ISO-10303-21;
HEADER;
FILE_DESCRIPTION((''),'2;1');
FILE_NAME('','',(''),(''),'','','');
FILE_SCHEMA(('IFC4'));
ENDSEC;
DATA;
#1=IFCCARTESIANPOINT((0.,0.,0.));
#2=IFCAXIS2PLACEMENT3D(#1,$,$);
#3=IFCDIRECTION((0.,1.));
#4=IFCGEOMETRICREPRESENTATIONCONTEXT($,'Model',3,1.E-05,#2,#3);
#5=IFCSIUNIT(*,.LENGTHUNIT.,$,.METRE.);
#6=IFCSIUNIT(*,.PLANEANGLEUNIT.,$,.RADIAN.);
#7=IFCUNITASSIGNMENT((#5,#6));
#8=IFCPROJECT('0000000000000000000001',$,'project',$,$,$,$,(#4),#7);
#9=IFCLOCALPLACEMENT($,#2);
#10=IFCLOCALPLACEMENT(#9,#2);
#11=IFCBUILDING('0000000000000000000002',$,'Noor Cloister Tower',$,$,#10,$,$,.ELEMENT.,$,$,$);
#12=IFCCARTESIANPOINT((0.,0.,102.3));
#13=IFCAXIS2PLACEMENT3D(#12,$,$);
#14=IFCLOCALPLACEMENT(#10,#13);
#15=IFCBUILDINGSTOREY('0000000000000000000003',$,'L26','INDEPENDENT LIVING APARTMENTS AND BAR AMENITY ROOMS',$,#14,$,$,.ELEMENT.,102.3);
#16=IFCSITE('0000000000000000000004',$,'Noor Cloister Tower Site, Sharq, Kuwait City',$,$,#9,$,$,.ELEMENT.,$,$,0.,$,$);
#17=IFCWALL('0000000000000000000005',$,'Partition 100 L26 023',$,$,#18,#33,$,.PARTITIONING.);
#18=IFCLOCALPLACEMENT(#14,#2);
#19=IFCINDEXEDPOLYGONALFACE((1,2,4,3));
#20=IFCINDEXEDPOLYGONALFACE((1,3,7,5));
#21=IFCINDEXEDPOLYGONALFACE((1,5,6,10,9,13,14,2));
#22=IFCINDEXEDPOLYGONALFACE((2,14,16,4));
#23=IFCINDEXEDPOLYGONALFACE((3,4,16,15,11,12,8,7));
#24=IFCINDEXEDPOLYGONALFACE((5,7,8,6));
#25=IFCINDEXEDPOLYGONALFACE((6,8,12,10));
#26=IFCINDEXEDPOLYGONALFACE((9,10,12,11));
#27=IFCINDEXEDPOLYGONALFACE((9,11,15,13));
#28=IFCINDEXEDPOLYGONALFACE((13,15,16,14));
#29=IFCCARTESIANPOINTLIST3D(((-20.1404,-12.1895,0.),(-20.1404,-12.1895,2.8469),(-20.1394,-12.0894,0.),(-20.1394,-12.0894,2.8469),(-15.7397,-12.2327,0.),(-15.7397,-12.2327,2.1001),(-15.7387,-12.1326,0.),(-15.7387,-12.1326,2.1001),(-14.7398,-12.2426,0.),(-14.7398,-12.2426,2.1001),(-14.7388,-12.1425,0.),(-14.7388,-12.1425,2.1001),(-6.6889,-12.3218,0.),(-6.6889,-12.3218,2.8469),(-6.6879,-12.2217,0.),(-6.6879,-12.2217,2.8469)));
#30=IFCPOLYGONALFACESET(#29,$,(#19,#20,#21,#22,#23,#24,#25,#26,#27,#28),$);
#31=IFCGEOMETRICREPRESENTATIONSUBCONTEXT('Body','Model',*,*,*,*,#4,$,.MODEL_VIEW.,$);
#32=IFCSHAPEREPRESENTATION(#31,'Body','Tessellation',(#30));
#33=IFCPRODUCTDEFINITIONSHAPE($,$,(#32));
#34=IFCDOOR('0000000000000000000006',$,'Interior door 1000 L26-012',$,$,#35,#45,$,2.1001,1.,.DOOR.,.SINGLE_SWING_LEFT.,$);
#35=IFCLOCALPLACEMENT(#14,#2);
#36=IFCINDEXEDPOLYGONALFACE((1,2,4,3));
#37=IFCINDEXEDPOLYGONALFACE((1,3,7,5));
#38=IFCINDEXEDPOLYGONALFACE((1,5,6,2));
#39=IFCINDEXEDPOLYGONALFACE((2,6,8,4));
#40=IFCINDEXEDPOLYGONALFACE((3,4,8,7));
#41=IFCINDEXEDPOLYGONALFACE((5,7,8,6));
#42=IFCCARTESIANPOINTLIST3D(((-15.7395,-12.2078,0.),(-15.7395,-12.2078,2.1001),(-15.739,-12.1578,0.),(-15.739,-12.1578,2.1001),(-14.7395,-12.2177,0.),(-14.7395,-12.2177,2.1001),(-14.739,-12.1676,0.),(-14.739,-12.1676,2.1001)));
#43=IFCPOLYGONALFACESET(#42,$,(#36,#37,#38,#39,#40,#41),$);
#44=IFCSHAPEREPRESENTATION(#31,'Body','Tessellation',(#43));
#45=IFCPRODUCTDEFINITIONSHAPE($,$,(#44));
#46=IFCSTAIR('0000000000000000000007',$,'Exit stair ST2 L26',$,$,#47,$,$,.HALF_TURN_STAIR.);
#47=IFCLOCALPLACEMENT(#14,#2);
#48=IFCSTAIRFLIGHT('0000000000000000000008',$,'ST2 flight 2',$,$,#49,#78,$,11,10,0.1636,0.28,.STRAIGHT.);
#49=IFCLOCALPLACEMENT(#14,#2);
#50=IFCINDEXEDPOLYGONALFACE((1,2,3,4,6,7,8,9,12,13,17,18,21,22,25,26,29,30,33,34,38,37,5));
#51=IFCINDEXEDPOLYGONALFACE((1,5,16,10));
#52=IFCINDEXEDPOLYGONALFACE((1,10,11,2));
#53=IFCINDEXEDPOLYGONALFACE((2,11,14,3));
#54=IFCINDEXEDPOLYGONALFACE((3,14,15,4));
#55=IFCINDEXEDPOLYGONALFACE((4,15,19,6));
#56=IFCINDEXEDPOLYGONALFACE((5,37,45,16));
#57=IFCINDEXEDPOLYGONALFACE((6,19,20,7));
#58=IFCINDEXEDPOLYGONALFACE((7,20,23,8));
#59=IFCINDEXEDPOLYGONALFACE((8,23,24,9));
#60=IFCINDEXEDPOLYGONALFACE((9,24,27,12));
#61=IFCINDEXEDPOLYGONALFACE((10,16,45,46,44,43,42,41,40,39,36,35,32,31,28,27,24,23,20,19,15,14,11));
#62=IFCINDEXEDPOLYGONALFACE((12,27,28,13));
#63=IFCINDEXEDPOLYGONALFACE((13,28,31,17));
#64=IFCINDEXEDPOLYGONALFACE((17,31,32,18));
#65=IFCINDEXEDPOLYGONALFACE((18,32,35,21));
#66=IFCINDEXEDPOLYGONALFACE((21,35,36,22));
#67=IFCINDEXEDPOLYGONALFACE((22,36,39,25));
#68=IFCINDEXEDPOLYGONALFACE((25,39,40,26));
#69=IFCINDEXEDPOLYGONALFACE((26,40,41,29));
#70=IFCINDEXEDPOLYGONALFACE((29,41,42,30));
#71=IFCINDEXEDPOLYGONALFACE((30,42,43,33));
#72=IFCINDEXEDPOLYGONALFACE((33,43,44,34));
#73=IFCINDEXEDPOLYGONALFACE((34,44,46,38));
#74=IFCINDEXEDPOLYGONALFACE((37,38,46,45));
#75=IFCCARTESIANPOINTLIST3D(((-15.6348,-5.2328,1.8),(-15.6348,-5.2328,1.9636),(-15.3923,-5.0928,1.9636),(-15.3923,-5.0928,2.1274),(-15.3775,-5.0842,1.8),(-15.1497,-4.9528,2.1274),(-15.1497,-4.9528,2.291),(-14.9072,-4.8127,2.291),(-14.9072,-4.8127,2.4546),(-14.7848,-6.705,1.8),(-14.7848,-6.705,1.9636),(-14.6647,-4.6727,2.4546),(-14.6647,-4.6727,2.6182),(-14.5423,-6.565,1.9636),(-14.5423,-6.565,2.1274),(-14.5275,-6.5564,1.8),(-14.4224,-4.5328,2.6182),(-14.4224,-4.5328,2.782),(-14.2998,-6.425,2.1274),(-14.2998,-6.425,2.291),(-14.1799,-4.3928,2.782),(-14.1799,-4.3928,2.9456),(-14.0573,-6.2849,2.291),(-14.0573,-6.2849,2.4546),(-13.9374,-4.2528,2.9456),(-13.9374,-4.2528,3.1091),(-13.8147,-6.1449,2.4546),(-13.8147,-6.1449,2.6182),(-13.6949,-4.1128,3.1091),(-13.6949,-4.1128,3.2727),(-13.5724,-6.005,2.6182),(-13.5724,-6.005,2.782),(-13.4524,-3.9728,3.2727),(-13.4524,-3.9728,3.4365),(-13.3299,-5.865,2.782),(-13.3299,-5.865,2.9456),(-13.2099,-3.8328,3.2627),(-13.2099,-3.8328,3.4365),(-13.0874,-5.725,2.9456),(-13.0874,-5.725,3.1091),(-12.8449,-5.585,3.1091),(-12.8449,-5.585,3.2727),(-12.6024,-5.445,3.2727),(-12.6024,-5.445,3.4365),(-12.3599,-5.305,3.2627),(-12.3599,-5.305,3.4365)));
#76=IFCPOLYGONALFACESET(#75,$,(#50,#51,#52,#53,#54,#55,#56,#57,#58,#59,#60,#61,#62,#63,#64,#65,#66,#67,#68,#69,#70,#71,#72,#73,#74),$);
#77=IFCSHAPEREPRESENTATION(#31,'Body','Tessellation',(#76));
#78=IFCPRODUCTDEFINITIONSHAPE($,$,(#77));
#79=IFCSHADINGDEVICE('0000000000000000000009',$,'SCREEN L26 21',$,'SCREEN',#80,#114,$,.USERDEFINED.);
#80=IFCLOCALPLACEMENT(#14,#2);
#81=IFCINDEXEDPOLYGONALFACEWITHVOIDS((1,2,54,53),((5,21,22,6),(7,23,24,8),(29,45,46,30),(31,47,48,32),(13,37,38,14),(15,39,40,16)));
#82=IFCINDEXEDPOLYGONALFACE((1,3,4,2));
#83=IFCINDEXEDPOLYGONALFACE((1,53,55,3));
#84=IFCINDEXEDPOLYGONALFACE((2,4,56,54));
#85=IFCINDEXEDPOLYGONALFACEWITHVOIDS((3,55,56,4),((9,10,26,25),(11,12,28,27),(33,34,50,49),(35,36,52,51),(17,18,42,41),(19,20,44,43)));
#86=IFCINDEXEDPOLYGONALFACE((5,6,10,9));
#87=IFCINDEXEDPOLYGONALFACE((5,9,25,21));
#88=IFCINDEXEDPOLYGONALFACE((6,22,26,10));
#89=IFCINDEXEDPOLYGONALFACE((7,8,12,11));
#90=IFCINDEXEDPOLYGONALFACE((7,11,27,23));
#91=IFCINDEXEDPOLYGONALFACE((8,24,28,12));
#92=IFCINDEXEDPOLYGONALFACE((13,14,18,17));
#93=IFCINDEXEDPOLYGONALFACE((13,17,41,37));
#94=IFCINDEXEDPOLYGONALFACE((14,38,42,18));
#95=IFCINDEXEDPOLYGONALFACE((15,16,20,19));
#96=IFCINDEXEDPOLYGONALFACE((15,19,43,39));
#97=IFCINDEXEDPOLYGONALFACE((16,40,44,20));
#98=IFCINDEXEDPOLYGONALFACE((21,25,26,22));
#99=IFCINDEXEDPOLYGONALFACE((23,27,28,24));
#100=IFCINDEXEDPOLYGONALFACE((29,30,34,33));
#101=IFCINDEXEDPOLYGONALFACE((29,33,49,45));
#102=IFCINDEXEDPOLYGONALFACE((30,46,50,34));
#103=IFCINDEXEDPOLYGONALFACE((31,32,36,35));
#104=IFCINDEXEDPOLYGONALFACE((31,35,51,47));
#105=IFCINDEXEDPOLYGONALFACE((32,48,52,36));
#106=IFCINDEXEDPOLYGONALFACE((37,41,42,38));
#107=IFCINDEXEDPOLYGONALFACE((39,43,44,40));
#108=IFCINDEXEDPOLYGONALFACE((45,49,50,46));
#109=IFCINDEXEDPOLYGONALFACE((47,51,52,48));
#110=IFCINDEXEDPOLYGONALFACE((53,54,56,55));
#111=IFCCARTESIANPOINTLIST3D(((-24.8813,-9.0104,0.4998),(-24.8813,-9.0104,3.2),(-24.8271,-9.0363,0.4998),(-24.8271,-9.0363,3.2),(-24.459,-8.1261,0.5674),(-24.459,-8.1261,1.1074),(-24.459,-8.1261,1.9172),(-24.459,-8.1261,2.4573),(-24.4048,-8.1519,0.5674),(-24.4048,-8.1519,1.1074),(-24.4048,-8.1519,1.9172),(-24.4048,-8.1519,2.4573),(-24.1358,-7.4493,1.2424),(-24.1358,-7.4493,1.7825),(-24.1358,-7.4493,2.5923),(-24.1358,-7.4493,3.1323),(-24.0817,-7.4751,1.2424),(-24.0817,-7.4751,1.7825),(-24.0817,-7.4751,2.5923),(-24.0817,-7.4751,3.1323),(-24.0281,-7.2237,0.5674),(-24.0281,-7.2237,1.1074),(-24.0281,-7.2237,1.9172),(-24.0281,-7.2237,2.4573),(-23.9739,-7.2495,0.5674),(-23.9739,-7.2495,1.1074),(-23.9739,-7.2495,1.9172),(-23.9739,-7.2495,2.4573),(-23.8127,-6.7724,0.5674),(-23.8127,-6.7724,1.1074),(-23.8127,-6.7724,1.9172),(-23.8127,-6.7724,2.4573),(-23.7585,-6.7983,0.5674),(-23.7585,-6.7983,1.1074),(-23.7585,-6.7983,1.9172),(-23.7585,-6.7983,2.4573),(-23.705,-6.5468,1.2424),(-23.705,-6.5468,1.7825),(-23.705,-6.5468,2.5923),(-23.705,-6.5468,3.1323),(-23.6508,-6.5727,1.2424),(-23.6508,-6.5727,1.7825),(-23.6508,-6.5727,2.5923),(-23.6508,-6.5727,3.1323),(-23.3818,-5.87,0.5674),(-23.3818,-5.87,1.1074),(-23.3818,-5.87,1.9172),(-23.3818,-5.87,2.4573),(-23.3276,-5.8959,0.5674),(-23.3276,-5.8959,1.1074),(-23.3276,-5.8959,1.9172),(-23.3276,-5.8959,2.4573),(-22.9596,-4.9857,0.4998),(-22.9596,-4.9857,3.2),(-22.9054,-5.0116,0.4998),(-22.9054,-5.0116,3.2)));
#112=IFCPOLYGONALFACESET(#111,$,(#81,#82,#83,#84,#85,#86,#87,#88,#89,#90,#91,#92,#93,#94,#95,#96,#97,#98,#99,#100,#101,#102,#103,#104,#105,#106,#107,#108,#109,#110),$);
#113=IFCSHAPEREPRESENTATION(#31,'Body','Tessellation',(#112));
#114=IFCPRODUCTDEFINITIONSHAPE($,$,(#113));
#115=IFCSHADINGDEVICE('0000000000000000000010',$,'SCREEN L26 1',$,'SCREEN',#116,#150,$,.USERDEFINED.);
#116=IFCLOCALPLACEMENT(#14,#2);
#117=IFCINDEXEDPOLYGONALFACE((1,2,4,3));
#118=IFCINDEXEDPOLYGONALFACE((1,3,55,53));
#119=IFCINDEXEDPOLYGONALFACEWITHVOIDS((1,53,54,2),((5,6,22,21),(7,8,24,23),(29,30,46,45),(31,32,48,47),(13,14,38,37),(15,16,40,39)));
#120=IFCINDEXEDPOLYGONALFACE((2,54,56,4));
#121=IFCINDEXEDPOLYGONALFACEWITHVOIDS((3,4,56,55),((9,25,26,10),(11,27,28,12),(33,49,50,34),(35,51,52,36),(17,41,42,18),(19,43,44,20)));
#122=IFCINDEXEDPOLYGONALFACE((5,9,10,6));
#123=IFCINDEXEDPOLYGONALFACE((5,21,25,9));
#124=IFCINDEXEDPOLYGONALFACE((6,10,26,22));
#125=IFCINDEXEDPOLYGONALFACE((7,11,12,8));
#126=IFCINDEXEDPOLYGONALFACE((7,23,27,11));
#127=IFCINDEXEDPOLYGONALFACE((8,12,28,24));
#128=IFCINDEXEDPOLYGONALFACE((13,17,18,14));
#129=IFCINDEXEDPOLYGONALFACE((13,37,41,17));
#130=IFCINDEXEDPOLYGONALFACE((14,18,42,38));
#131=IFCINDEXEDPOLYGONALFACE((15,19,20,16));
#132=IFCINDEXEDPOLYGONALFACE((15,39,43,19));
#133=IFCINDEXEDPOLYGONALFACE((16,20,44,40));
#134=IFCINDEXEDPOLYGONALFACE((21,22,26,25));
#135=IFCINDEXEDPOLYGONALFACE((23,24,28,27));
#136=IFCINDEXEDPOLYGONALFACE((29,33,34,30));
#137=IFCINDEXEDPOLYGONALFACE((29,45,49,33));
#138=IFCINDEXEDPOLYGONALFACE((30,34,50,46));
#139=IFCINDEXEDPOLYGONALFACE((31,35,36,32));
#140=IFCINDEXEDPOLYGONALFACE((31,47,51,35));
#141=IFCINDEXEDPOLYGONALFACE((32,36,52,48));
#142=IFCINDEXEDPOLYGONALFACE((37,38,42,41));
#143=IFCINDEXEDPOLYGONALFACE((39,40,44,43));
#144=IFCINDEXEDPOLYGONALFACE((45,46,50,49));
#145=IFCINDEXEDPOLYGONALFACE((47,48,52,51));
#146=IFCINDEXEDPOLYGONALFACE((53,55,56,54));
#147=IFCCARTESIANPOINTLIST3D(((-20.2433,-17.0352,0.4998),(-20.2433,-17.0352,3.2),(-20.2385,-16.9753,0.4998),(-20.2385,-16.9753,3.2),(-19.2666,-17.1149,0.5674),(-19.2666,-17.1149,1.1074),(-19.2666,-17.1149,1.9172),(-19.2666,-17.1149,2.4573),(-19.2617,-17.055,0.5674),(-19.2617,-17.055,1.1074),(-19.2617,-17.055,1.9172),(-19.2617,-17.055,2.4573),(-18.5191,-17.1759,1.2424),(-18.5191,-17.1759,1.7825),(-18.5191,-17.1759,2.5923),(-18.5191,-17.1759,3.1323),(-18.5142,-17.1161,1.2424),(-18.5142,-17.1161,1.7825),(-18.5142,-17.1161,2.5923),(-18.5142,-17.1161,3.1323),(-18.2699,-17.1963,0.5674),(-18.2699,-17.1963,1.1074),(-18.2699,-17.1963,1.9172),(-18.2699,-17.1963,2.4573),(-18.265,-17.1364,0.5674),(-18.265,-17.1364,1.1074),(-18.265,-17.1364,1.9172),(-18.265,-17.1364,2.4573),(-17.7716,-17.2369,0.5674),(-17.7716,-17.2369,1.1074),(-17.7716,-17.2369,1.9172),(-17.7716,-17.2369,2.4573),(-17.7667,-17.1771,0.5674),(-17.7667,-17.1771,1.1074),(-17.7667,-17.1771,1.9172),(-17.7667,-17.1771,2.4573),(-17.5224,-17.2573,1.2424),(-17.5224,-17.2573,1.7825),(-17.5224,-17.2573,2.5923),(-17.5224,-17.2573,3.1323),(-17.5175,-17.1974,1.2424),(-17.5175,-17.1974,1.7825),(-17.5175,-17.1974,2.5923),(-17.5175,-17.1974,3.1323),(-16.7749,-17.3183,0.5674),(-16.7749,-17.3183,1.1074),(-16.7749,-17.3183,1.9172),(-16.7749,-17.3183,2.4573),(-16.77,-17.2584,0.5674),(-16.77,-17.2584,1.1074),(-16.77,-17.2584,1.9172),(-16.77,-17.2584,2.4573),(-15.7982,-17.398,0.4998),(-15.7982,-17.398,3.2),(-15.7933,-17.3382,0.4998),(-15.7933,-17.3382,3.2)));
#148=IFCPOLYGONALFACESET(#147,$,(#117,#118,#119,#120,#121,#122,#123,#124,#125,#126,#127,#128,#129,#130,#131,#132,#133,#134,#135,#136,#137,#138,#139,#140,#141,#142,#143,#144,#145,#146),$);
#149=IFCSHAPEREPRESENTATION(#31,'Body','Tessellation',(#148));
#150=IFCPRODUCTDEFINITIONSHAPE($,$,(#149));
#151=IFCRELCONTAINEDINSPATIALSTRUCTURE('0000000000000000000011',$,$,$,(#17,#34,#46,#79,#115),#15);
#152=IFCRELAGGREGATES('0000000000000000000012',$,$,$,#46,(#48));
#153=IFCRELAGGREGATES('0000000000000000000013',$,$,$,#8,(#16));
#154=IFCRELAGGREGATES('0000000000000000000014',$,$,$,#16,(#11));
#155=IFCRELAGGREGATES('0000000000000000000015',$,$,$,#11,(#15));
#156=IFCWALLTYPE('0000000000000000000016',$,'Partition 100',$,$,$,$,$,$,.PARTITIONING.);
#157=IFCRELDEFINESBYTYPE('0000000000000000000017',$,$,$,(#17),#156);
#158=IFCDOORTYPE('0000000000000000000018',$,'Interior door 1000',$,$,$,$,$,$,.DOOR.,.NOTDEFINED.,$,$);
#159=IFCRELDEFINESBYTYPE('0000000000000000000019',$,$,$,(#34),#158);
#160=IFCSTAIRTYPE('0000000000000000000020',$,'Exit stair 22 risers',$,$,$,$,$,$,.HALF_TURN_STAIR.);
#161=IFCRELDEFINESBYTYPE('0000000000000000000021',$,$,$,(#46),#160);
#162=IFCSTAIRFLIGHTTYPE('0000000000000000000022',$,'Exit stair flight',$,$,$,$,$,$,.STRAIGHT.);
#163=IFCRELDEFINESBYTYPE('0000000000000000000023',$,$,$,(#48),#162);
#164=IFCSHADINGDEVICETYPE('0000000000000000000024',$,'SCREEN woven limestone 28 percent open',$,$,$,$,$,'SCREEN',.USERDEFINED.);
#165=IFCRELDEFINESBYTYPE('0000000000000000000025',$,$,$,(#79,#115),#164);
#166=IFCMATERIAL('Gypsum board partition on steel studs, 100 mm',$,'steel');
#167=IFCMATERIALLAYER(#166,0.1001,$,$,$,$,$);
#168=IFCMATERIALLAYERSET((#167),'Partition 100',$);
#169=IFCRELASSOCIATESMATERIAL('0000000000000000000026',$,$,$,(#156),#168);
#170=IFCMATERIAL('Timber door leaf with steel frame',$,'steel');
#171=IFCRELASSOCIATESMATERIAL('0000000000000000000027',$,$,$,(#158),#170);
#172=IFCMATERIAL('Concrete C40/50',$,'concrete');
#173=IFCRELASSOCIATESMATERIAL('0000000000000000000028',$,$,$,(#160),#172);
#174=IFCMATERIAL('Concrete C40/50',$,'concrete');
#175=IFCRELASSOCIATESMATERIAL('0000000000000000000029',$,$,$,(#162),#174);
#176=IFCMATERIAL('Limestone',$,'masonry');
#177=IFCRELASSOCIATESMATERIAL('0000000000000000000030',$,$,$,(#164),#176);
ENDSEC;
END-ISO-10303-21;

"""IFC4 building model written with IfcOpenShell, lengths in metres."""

from ifc_helpers import new_model, si_unit, direction, frame, frame_2d, origin, place, context, subcontext, project, spatial, polyline, rectangle, outline, extrude, material, layer, layer_set, material_profile, profile_set, type_object, element, fill, aggregate, save


model = new_model("IFC4")

# Units and contexts
model_context = context("Model", 3, precision=1e-05, world=origin(), true_north=direction((0.0, 1.0)))
body_context = subcontext(model_context, "Body", "Model", "MODEL_VIEW")
ifc_project = project(units=[si_unit("LENGTHUNIT", "METRE"), si_unit("PLANEANGLEUNIT", "RADIAN")], contexts=[model_context])

# Site, building, storey
site_placement = place(None, origin())
site = spatial("IfcSite", under=ifc_project, at=site_placement, Name="Noor Cloister Tower Site, Sharq, Kuwait City", CompositionType="ELEMENT", RefElevation=0.0)
building_placement = place(site_placement, origin())
building = spatial("IfcBuilding", under=site, at=building_placement, Name="Noor Cloister Tower", CompositionType="ELEMENT")
storey_placement = place(building_placement, frame((0.0, 0.0, 102.3)))
storey = spatial("IfcBuildingStorey", under=building, at=storey_placement, Name="L26", Description="INDEPENDENT LIVING APARTMENTS AND BAR AMENITY ROOMS", CompositionType="ELEMENT", Elevation=102.3)

# Wall, opening, door
ifc_material_1 = material(Name="Gypsum board partition on steel studs, 100 mm", Category="steel")
ifc_layer_1 = layer(ifc_material_1, 0.1001)
ifc_layer_set_1 = layer_set([ifc_layer_1], Name="Partition 100")
wall_type_1 = type_object("IfcWallType", Name="Partition 100", PredefinedType="PARTITIONING", material=ifc_layer_set_1)
wall_1_placement = place(storey_placement, frame((-20.1399, -12.1394, 0.0), z_axis=(0.0, 0.0, 1.0), x_axis=(0.999952, -0.009837, 0.0)))
wall_1 = element("IfcWall", 1, at=wall_1_placement, inside=storey, type_object=wall_type_1, Name="Partition 100 L26 023", PredefinedType="PARTITIONING", context=body_context, shape_type="SweptSolid", body=[
    extrude(rectangle(XDim=13.4521, YDim=0.1001, at=frame_2d((6.7261, 0.0))), origin(), (0.0, 0.0, 1.0), 2.8469),
])
opening_1_placement = place(wall_1_placement, frame((4.4009, 0.0, 0.0)))
opening_1 = element("IfcOpeningElement", 2, at=opening_1_placement, cuts=wall_1, PredefinedType="OPENING", context=body_context, shape_type="SweptSolid", body=[
    extrude(rectangle(XDim=1.0, YDim=2.1001, at=frame_2d((0.5, 1.05))), frame((0.0, 0.0601, 0.0), z_axis=(0.0, -1.0, 0.0), x_axis=(1.0, 0.0, 0.0)), (0.0, 0.0, 1.0), 0.1201),
])
ifc_material_2 = material(Name="Timber door leaf with steel frame", Category="steel")
door_type_1 = type_object("IfcDoorType", Name="Interior door 1000", OperationType="NOTDEFINED", PredefinedType="DOOR", material=ifc_material_2)
door_1_placement = place(opening_1_placement, origin())
door_1 = element("IfcDoor", 3, at=door_1_placement, inside=storey, type_object=door_type_1, Name="Interior door 1000 L26-012", OperationType="SINGLE_SWING_LEFT", OverallHeight=2.1001, OverallWidth=1.0, PredefinedType="DOOR", context=body_context, shape_type="SweptSolid", body=[
    extrude(rectangle(XDim=1.0, YDim=2.1001, at=frame_2d((0.5, 1.05))), frame((0.0, 0.0249, 0.0), z_axis=(0.0, -1.0, 0.0), x_axis=(1.0, 0.0, 0.0)), (0.0, 0.0, 1.0), 0.05),
])
fill(opening_1, door_1)

# Stair, stair flight
ifc_material_3 = material(Name="Concrete C40/50", Category="concrete")
stair_type = type_object("IfcStairType", Name="Exit stair 22 risers", PredefinedType="HALF_TURN_STAIR", material=ifc_material_3)
stair_placement = place(storey_placement, origin())
stair = element("IfcStair", 4, at=stair_placement, inside=storey, type_object=stair_type, Name="Exit stair ST2 L26", PredefinedType="HALF_TURN_STAIR")
ifc_material_4 = material(Name="Concrete C40/50", Category="concrete")
stair_flight_type = type_object("IfcStairFlightType", Name="Exit stair flight", PredefinedType="STRAIGHT", material=ifc_material_4)
stair_flight_placement = place(storey_placement, frame((-15.2097, -5.969, 1.8), z_axis=(0.0, 0.0, 1.0), x_axis=(0.866025, 0.5, 0.0)))
stair_flight = element("IfcStairFlight", 5, at=stair_flight_placement, type_object=stair_flight_type, Name="ST2 flight 2", NumberOfRisers=11, NumberOfTreads=10, PredefinedType="STRAIGHT", RiserHeight=0.1636, TreadLength=0.28, context=body_context, shape_type="SweptSolid", body=[
    extrude(outline(polyline([(0.0, 0.0), (0.0, 0.1636), (0.28, 0.1636), (0.28, 0.3274), (0.5601, 0.3274), (0.5601, 0.491), (0.8401, 0.491), (0.8401, 0.6545), (1.1201, 0.6545), (1.1201, 0.8181), (1.3999, 0.8181), (1.3999, 0.9819), (1.6799, 0.9819), (1.6799, 1.1455), (1.96, 1.1455), (1.96, 1.3091), (2.24, 1.3091), (2.24, 1.4727), (2.52, 1.4727), (2.52, 1.6365), (2.8, 1.6365), (2.8, 1.8), (2.8, 1.4626), (0.2971, 0.0), (0.0, 0.0)])), frame((0.0, 0.8501, 0.0), z_axis=(0.0, -1.0, 0.0), x_axis=(1.0, 0.0, 0.0)), (0.0, 0.0, 1.0), 1.7),
])
aggregate(stair, [stair_flight])

# Shading devices
ifc_material_5 = material(Name="Limestone", Category="masonry")
ifc_material_profile_1 = material_profile(ifc_material_5, outline(polyline([(-2.23, -1.3501), (2.23, -1.3501), (2.23, 1.3501), (-2.23, 1.3501), (-2.23, -1.3501)]), holes=[polyline([(-1.25, -1.2825), (-0.25, -1.2825), (-0.25, -0.7424), (-1.25, -0.7424), (-1.25, -1.2825)]), polyline([(0.25, -1.2825), (1.25, -1.2825), (1.25, -0.7424), (0.25, -0.7424), (0.25, -1.2825)]), polyline([(-0.5, -0.6074), (0.5, -0.6074), (0.5, -0.0674), (-0.5, -0.0674), (-0.5, -0.6074)]), polyline([(-1.25, 0.0674), (-0.25, 0.0674), (-0.25, 0.6074), (-1.25, 0.6074), (-1.25, 0.0674)]), polyline([(0.25, 0.0674), (1.25, 0.0674), (1.25, 0.6074), (0.25, 0.6074), (0.25, 0.0674)]), polyline([(-0.5, 0.7424), (0.5, 0.7424), (0.5, 1.2825), (-0.5, 1.2825), (-0.5, 0.7424)])]), Name="Woven screen 28 percent open")
ifc_profile_set_1 = profile_set([ifc_material_profile_1], Name="Limestone")
shading_device_type = type_object("IfcShadingDeviceType", Name="SCREEN woven limestone 28 percent open", ElementType="SCREEN", PredefinedType="USERDEFINED", material=ifc_profile_set_1)
for number, where, z_axis, x_axis, name in (
    (6, (-23.8662, -7.0239, 1.8499), (-0.902409, 0.43088, 0.0), (-0.43088, -0.902409, 0.0), "SCREEN L26 21"),
    (7, (-18.0159, -17.1567, 1.8499), (-0.081362, -0.996685, 0.0), (0.996685, -0.081362, 0.0), "SCREEN L26 1"),
):
    element("IfcShadingDevice", number, at=place(storey_placement, frame(where, z_axis=z_axis, x_axis=x_axis)), inside=storey, type_object=shading_device_type, Name=name, ObjectType="SCREEN", PredefinedType="USERDEFINED", context=body_context, shape_type="SweptSolid", body=[
        extrude(outline(polyline([(-2.23, -1.3501), (2.23, -1.3501), (2.23, 1.3501), (-2.23, 1.3501), (-2.23, -1.3501)]), holes=[polyline([(-1.25, -1.2825), (-0.25, -1.2825), (-0.25, -0.7424), (-1.25, -0.7424), (-1.25, -1.2825)]), polyline([(0.25, -1.2825), (1.25, -1.2825), (1.25, -0.7424), (0.25, -0.7424), (0.25, -1.2825)]), polyline([(-0.5, -0.6074), (0.5, -0.6074), (0.5, -0.0674), (-0.5, -0.0674), (-0.5, -0.6074)]), polyline([(-1.25, 0.0674), (-0.25, 0.0674), (-0.25, 0.6074), (-1.25, 0.6074), (-1.25, 0.0674)]), polyline([(0.25, 0.0674), (1.25, 0.0674), (1.25, 0.6074), (0.25, 0.6074), (0.25, 0.0674)]), polyline([(-0.5, 0.7424), (0.5, 0.7424), (0.5, 1.2825), (-0.5, 1.2825), (-0.5, 0.7424)])]), origin(), (0.0, 0.0, 1.0), 0.0601),
    ])

save(model, "model.ifc")
